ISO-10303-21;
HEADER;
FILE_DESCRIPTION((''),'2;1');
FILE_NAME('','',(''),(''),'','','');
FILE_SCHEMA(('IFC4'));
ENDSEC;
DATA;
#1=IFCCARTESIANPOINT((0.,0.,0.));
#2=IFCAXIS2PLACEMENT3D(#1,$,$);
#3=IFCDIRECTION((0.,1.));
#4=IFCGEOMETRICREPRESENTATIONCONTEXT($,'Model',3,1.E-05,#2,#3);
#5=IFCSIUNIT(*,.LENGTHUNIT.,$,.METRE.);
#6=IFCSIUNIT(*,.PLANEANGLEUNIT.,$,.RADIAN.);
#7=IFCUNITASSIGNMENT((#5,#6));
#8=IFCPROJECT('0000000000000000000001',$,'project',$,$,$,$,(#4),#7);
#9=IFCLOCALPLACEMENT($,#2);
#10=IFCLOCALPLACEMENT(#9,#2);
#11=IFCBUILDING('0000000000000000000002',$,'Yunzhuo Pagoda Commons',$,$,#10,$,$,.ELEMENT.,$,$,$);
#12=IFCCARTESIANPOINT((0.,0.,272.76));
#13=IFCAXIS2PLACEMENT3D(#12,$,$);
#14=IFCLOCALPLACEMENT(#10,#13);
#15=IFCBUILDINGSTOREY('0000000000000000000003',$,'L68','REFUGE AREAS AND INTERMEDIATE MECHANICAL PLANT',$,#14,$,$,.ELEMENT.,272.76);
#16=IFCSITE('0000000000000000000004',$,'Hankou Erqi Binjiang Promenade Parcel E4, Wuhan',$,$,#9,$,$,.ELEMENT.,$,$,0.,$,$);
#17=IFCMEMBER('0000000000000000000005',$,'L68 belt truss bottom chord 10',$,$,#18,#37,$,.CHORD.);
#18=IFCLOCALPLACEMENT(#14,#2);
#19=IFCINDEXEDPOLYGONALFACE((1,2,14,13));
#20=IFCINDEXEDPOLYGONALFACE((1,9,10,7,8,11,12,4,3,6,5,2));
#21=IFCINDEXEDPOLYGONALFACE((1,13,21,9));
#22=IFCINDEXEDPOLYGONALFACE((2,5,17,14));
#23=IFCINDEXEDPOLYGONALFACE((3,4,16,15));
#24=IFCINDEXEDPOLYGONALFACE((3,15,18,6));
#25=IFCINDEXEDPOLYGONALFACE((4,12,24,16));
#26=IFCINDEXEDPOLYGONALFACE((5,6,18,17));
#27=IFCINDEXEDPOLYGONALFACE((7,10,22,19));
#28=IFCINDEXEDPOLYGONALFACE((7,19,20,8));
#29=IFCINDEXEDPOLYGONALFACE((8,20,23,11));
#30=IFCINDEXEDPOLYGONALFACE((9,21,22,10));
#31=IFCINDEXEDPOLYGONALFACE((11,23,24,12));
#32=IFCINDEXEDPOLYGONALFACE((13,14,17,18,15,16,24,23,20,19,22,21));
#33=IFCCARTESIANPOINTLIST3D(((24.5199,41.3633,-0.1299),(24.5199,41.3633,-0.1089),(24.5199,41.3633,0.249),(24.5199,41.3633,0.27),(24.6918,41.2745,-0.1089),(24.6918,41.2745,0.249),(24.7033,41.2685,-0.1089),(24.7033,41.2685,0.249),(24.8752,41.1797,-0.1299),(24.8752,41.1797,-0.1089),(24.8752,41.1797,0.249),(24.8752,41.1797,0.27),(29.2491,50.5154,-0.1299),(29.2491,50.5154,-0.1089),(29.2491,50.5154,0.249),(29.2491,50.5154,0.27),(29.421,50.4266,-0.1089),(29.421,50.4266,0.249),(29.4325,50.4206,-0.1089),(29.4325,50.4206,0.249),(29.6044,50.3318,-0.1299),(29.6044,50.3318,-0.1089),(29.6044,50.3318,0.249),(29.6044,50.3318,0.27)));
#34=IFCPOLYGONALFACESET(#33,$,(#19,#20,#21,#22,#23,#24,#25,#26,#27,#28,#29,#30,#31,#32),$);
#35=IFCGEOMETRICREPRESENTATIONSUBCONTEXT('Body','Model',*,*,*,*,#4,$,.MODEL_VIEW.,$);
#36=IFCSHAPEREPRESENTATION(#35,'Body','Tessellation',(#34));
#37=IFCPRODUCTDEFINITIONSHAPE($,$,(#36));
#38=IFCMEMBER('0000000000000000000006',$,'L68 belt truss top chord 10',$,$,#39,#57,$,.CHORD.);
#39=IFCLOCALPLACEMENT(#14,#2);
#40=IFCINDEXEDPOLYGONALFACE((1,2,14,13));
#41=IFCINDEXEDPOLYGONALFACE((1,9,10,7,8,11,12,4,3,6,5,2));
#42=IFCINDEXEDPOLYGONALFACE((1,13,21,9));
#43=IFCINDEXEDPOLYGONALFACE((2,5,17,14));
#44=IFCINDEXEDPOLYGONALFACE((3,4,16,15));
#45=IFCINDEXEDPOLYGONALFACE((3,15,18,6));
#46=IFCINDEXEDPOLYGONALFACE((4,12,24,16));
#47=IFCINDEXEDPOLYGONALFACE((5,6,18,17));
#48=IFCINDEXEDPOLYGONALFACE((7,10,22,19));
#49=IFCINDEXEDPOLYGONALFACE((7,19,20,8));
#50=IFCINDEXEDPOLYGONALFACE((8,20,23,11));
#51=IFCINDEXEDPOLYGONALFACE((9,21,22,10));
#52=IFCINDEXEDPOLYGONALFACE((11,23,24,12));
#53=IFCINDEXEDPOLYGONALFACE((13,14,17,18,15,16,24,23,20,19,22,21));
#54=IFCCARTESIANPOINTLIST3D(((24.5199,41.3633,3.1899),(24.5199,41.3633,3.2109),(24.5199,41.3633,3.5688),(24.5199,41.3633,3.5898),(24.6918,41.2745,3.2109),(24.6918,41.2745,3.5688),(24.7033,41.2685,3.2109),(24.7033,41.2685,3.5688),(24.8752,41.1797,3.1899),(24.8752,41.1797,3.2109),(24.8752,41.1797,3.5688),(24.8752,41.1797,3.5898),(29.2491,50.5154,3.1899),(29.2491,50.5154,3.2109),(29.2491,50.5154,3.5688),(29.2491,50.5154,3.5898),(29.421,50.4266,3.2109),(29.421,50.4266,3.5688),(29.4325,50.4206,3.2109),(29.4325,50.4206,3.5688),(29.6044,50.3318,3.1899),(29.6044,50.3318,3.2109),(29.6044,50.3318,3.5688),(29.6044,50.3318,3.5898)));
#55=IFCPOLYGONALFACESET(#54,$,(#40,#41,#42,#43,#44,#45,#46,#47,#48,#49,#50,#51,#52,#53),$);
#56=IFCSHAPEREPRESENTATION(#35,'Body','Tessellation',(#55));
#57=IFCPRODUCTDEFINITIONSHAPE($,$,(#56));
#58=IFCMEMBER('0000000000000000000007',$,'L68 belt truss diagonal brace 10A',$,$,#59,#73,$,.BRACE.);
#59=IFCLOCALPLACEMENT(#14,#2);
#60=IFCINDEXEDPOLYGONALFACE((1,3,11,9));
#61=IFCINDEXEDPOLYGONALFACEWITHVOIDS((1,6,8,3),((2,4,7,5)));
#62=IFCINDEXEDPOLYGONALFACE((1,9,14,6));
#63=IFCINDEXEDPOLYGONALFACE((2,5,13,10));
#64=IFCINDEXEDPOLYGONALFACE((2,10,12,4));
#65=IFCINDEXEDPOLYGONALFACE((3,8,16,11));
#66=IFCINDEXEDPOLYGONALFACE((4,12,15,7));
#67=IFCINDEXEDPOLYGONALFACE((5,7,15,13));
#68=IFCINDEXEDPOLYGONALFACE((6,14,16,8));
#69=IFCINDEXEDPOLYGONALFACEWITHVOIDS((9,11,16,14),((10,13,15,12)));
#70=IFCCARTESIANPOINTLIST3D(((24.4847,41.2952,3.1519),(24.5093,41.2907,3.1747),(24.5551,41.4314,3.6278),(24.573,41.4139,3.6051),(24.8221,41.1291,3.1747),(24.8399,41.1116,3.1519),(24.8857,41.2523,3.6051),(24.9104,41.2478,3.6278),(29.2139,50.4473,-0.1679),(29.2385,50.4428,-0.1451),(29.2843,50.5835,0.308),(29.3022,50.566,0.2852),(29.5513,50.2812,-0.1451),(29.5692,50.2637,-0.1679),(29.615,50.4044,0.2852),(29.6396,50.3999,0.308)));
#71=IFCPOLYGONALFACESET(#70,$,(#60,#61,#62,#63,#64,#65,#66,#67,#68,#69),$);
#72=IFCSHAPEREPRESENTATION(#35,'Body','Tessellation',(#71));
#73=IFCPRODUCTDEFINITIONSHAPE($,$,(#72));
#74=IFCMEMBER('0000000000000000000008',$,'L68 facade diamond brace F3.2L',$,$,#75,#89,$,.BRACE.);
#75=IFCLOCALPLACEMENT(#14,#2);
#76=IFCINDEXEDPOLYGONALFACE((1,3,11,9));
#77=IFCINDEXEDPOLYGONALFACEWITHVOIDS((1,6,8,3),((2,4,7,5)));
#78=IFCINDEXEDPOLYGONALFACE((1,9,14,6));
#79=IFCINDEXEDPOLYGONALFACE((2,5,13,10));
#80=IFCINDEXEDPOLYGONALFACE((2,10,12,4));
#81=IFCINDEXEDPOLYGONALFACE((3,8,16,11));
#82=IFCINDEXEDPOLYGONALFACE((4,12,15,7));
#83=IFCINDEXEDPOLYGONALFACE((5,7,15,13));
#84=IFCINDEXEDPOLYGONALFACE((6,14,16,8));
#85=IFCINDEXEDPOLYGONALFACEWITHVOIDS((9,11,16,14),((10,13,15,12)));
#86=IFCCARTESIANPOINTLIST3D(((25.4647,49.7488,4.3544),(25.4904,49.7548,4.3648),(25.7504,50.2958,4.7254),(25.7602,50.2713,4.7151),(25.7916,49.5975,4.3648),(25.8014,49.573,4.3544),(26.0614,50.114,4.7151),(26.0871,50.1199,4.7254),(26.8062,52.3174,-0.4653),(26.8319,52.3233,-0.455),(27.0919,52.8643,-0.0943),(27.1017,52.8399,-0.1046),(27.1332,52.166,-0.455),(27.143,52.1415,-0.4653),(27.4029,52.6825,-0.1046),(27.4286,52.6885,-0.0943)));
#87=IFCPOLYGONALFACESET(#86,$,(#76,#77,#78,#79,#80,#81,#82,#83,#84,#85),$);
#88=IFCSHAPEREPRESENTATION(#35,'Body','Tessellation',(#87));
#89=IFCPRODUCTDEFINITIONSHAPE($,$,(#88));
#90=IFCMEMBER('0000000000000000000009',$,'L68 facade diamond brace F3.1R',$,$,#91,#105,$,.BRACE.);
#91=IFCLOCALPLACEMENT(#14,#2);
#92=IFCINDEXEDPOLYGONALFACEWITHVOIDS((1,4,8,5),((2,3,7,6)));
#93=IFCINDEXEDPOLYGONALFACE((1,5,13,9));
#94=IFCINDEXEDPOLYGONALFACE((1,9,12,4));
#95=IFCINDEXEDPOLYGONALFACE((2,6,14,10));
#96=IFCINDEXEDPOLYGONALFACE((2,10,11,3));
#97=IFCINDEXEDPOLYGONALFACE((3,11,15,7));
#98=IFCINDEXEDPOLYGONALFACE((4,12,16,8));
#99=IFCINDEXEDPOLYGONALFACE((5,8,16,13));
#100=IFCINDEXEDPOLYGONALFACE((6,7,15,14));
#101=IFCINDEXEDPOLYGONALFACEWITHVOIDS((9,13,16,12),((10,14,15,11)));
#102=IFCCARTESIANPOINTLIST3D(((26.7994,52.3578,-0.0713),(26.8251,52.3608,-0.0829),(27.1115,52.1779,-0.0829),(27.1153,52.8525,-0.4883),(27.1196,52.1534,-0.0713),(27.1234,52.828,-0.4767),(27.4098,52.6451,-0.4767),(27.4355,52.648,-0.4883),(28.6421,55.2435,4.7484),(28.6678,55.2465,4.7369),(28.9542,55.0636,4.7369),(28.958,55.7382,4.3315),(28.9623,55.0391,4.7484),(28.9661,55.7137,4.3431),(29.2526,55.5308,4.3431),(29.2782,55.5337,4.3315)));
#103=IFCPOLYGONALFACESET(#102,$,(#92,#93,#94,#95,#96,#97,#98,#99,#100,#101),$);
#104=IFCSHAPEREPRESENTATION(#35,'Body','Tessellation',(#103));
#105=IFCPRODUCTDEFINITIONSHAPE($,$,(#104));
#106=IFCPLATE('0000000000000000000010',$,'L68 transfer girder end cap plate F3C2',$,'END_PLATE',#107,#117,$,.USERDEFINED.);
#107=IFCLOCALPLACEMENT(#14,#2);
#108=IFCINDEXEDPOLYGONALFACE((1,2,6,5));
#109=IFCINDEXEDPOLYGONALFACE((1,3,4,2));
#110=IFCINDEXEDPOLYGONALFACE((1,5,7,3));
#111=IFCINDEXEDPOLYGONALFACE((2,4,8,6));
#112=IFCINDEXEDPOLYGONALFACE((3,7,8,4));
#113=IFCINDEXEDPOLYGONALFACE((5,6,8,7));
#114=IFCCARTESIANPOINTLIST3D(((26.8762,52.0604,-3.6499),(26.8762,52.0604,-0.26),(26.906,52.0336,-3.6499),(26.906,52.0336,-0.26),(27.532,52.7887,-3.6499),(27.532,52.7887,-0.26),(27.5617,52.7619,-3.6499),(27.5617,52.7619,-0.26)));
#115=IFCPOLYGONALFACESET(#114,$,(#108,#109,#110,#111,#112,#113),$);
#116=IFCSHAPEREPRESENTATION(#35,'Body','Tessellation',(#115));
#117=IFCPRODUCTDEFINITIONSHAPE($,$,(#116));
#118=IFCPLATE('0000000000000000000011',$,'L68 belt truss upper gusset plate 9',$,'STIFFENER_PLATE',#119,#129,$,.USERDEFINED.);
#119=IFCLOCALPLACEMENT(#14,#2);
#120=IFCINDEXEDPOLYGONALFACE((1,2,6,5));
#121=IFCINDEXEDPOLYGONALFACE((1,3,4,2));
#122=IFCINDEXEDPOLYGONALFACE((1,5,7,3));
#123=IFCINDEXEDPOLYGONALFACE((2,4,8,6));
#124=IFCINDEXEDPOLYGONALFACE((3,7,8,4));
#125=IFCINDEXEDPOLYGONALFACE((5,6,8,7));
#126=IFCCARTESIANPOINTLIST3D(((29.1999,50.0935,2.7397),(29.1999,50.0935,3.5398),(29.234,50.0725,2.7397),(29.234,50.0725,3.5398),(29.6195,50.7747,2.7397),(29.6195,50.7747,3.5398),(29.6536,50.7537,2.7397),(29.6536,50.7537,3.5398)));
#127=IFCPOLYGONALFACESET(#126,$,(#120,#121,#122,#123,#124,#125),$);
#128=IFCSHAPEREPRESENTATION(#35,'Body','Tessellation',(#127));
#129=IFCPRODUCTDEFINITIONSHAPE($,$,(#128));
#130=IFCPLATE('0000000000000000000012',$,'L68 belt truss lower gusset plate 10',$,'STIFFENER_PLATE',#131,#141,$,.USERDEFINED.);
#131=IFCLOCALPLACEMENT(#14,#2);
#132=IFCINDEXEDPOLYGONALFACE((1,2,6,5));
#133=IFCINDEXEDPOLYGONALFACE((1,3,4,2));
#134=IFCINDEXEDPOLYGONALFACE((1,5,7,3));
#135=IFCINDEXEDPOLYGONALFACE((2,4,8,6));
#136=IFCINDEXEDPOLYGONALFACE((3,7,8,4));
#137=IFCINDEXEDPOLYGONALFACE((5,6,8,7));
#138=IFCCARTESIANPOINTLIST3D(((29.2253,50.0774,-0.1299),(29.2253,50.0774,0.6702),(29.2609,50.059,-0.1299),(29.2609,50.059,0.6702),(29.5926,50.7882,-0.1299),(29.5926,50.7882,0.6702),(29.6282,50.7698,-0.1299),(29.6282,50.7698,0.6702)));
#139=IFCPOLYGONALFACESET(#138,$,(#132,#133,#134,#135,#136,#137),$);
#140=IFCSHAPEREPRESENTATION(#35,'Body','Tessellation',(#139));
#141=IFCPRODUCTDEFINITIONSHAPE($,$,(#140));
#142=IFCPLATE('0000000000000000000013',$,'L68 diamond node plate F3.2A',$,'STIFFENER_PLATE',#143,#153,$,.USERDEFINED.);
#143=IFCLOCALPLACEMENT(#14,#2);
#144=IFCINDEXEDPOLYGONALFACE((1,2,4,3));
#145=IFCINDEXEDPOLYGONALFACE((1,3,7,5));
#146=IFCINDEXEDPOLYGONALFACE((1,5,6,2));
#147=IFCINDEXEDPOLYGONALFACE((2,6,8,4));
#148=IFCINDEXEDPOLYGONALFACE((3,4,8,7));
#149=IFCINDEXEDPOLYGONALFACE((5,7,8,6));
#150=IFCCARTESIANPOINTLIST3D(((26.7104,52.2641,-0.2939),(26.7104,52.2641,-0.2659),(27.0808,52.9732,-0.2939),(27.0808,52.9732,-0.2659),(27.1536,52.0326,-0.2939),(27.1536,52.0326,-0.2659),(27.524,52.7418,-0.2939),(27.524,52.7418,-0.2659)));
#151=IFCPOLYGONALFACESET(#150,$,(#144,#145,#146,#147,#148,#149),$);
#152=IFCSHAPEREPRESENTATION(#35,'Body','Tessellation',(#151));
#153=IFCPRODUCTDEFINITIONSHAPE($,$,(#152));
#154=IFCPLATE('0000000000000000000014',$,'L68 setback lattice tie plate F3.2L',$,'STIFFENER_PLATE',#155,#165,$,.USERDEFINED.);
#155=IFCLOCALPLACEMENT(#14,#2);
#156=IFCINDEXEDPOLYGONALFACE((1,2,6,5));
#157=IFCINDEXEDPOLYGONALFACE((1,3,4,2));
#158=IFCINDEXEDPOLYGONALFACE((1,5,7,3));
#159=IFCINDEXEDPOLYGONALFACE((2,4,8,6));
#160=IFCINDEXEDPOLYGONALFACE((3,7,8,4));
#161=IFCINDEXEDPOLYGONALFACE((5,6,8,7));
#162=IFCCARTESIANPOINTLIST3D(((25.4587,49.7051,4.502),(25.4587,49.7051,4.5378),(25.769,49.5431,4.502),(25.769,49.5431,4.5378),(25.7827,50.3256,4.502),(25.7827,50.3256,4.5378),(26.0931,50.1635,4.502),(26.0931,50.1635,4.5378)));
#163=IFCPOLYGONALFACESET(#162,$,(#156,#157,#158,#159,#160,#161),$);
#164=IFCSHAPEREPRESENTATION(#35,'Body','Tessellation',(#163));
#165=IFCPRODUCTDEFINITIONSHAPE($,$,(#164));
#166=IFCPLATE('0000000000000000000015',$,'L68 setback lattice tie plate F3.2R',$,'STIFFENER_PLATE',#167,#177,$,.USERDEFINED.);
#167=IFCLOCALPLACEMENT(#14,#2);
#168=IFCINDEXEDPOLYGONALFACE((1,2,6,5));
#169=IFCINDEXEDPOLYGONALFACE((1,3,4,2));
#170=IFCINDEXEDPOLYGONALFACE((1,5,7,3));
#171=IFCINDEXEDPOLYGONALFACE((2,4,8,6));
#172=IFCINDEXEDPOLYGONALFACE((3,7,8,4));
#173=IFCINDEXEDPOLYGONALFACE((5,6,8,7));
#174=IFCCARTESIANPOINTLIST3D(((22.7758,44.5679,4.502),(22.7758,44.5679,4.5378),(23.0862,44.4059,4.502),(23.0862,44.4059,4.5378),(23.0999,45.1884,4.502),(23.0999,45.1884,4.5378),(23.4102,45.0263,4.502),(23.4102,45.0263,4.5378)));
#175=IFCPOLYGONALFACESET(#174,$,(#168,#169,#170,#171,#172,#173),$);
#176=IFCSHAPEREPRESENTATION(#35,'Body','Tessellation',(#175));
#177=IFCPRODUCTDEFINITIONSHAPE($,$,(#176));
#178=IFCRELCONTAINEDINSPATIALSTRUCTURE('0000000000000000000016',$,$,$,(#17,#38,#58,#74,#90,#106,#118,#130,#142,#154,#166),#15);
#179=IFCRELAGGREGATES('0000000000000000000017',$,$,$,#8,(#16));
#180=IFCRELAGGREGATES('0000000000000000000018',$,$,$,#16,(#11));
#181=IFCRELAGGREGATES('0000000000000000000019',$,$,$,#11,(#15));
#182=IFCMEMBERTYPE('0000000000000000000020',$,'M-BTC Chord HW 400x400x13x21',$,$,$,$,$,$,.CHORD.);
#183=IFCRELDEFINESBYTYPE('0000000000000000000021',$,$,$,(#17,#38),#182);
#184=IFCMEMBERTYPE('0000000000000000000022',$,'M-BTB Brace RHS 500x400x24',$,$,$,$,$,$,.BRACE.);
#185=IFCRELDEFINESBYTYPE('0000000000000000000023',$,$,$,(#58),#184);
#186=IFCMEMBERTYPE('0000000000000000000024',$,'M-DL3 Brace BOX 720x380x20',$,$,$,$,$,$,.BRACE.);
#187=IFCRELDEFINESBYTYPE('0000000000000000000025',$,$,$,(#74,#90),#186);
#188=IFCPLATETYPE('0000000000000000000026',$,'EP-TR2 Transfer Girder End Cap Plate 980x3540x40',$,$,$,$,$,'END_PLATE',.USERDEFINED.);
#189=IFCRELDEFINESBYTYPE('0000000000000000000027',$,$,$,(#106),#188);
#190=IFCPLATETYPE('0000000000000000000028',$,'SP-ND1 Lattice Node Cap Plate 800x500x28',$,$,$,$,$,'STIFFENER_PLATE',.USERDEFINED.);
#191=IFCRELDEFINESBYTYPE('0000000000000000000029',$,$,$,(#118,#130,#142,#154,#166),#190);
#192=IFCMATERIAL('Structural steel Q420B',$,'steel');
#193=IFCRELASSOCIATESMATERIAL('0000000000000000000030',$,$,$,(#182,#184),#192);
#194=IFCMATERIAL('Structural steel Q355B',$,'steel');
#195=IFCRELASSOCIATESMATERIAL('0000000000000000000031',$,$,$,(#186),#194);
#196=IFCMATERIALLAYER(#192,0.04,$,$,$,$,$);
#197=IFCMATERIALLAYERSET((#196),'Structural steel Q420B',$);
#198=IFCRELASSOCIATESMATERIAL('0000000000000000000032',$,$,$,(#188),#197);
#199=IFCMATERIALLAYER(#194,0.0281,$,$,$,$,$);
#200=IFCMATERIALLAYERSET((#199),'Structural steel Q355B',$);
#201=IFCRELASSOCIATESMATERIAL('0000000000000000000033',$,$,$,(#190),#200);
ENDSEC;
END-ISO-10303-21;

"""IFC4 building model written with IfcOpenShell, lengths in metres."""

from ifc_helpers import new_model, si_unit, direction, frame, origin, origin_2d, place, context, subcontext, project, spatial, rectangle, hollow_rectangle, i_section, extrude, source, transform, mapped, material, layer, layer_set, material_profile, profile_set, type_object, element, save


model = new_model("IFC4")

# Units and contexts
model_context = context("Model", 3, precision=1e-05, world=origin(), true_north=direction((0.0, 1.0)))
body_context = subcontext(model_context, "Body", "Model", "MODEL_VIEW")
ifc_project = project(units=[si_unit("LENGTHUNIT", "METRE"), si_unit("PLANEANGLEUNIT", "RADIAN")], contexts=[model_context])

# Site, building, storey
site_placement = place(None, origin())
site = spatial("IfcSite", under=ifc_project, at=site_placement, Name="Hankou Erqi Binjiang Promenade Parcel E4, Wuhan", CompositionType="ELEMENT", RefElevation=0.0)
building_placement = place(site_placement, origin())
building = spatial("IfcBuilding", under=site, at=building_placement, Name="Yunzhuo Pagoda Commons", CompositionType="ELEMENT")
storey_placement = place(building_placement, frame((0.0, 0.0, 272.76)))
storey = spatial("IfcBuildingStorey", under=building, at=storey_placement, Name="L68", Description="REFUGE AREAS AND INTERMEDIATE MECHANICAL PLANT", CompositionType="ELEMENT", Elevation=272.76)

# Shared definitions
ifc_material_1 = material(Name="Structural steel Q355B", Category="steel")

# Shared definitions
ifc_material_2 = material(Name="Structural steel Q420B", Category="steel")

# Members
ifc_material_profile_1 = material_profile(ifc_material_2, i_section(OverallWidth=0.3999, OverallDepth=0.3999, WebThickness=0.0129, FlangeThickness=0.021, at=origin_2d()), Name="Structural steel Q420B")
ifc_profile_set_1 = profile_set([ifc_material_profile_1], Name="Structural steel Q420B")
member_type_1 = type_object("IfcMemberType", Name="M-BTC Chord HW 400x400x13x21", PredefinedType="CHORD", material=ifc_profile_set_1)
shared_shape_1 = source(origin(), body_context, "Body", "SweptSolid", [
    extrude(i_section(OverallWidth=0.3999, OverallDepth=0.3999, WebThickness=0.0129, FlangeThickness=0.021, at=origin_2d()), origin(), (0.0, 0.0, 1.0), 10.3018),
])
for number, where, z_axis, x_axis, name in (
    (1, (29.4268, 50.4236, 0.0701), (-0.459071, -0.8884, 0.0), (0.8884, -0.459071, 0.0), "L68 belt truss bottom chord 10"),
    (2, (29.4268, 50.4236, 3.3899), (-0.459071, -0.8884, 0.0), (0.8884, -0.459071, 0.0), "L68 belt truss top chord 10"),
):
    element("IfcMember", number, at=place(storey_placement, frame(where, z_axis=z_axis, x_axis=x_axis)), inside=storey, type_object=member_type_1, Name=name, PredefinedType="CHORD", context=body_context, shape_type="MappedRepresentation", body=[
        mapped(shared_shape_1, transform((0.0, 0.0, 0.0), scale=1.0)),
    ])
ifc_material_profile_2 = material_profile(ifc_material_2, hollow_rectangle(XDim=0.3999, YDim=0.5, WallThickness=0.0239, at=origin_2d()), Name="Structural steel Q420B")
ifc_profile_set_2 = profile_set([ifc_material_profile_2], Name="Structural steel Q420B")
member_type_2 = type_object("IfcMemberType", Name="M-BTB Brace RHS 500x400x24", PredefinedType="BRACE", material=ifc_profile_set_2)
shared_shape_2 = source(origin(), body_context, "Body", "SweptSolid", [
    extrude(hollow_rectangle(XDim=0.3999, YDim=0.5, WallThickness=0.0239, at=origin_2d()), origin(), (0.0, 0.0, 1.0), 10.8235),
])
member_1_placement = place(storey_placement, frame((29.4268, 50.4236, 0.0701), z_axis=(-0.436943, -0.845577, 0.306724), x_axis=(0.8884, -0.459071, 0.0)))
element("IfcMember", 3, at=member_1_placement, inside=storey, type_object=member_type_2, Name="L68 belt truss diagonal brace 10A", PredefinedType="BRACE", context=body_context, shape_type="MappedRepresentation", body=[
    mapped(shared_shape_2, transform((0.0, 0.0, 0.0), scale=1.0)),
])
ifc_material_profile_3 = material_profile(ifc_material_1, hollow_rectangle(XDim=0.3799, YDim=0.72, WallThickness=0.02, at=origin_2d()), Name="Structural steel Q355B")
ifc_profile_set_3 = profile_set([ifc_material_profile_3], Name="Structural steel Q355B")
member_type_3 = type_object("IfcMemberType", Name="M-DL3 Brace BOX 720x380x20", PredefinedType="BRACE", material=ifc_profile_set_3)
shared_shape_3 = source(origin(), body_context, "Body", "SweptSolid", [
    extrude(hollow_rectangle(XDim=0.3799, YDim=0.72, WallThickness=0.02, at=origin_2d()), origin(), (0.0, 0.0, 1.0), 5.6238),
])
member_2_placement = place(storey_placement, frame((27.1174, 52.5029, -0.2798), z_axis=(-0.238545, -0.45673, 0.857026), x_axis=(0.886385, -0.462949, 0.0)))
element("IfcMember", 4, at=member_2_placement, inside=storey, type_object=member_type_3, Name="L68 facade diamond brace F3.2L", PredefinedType="BRACE", context=body_context, shape_type="MappedRepresentation", body=[
    mapped(shared_shape_3, transform((0.0, 0.0, 0.0), scale=1.0)),
])
shared_shape_4 = source(origin(), body_context, "Body", "SweptSolid", [
    extrude(hollow_rectangle(XDim=0.3799, YDim=0.72, WallThickness=0.02, at=origin_2d()), origin(), (0.0, 0.0, 1.0), 5.9121),
])
member_3_placement = place(storey_placement, frame((27.1174, 52.5029, -0.2798), z_axis=(0.31169, 0.4881, 0.815235), x_axis=(-0.842815, 0.538204, 0.0)))
element("IfcMember", 5, at=member_3_placement, inside=storey, type_object=member_type_3, Name="L68 facade diamond brace F3.1R", PredefinedType="BRACE", context=body_context, shape_type="MappedRepresentation", body=[
    mapped(shared_shape_4, transform((0.0, 0.0, 0.0), scale=1.0)),
])

# Plates
ifc_layer_1 = layer(ifc_material_2, 0.04)
ifc_layer_set_1 = layer_set([ifc_layer_1], Name="Structural steel Q420B")
plate_type_1 = type_object("IfcPlateType", Name="EP-TR2 Transfer Girder End Cap Plate 980x3540x40", ElementType="END_PLATE", PredefinedType="USERDEFINED", material=ifc_layer_set_1)
shared_shape_5 = source(origin(), body_context, "Body", "SweptSolid", [
    extrude(rectangle(XDim=0.98, YDim=0.04, at=origin_2d()), origin(), (0.0, 0.0, 1.0), 3.3899),
])
plate_1_placement = place(storey_placement, frame((27.219, 52.4111, -3.6499), z_axis=(0.0, 0.0, 1.0), x_axis=(-0.669131, -0.743145, 0.0)))
element("IfcPlate", 6, at=plate_1_placement, inside=storey, type_object=plate_type_1, Name="L68 transfer girder end cap plate F3C2", ObjectType="END_PLATE", PredefinedType="USERDEFINED", context=body_context, shape_type="MappedRepresentation", body=[
    mapped(shared_shape_5, transform((0.0, 0.0, 0.0), scale=1.0)),
])
ifc_layer_2 = layer(ifc_material_1, 0.0281)
ifc_layer_set_2 = layer_set([ifc_layer_2], Name="Structural steel Q355B")
plate_type_2 = type_object("IfcPlateType", Name="SP-ND1 Lattice Node Cap Plate 800x500x28", ElementType="STIFFENER_PLATE", PredefinedType="USERDEFINED", material=ifc_layer_set_2)
shared_shape_6 = source(origin(), body_context, "Body", "SweptSolid", [
    extrude(rectangle(XDim=0.8, YDim=0.04, at=origin_2d()), origin(), (0.0, 0.0, 1.0), 0.8),
])
for number, where, z_axis, x_axis, name in (
    (7, (29.4268, 50.4236, 2.7397), (0.0, 0.0, 1.0), (-0.524462, -0.851434, 0.0), "L68 belt truss upper gusset plate 9"),
    (8, (29.4268, 50.4236, -0.1299), (0.0, 0.0, 1.0), (-0.459053, -0.888409, 0.0), "L68 belt truss lower gusset plate 10"),
):
    element("IfcPlate", number, at=place(storey_placement, frame(where, z_axis=z_axis, x_axis=x_axis)), inside=storey, type_object=plate_type_2, Name=name, ObjectType="STIFFENER_PLATE", PredefinedType="USERDEFINED", context=body_context, shape_type="MappedRepresentation", body=[
        mapped(shared_shape_6, transform((0.0, 0.0, 0.0), scale=1.0)),
    ])
shared_shape_7 = source(origin(), body_context, "Body", "SweptSolid", [
    extrude(rectangle(XDim=0.8, YDim=0.5, at=origin_2d()), origin(), (0.0, 0.0, 1.0), 0.0281),
])
plate_2_placement = place(storey_placement, frame((27.1172, 52.5029, -0.2939), z_axis=(0.0, 0.0, 1.0), x_axis=(-0.462909, -0.886406, 0.0)))
element("IfcPlate", 9, at=plate_2_placement, inside=storey, type_object=plate_type_2, Name="L68 diamond node plate F3.2A", ObjectType="STIFFENER_PLATE", PredefinedType="USERDEFINED", context=body_context, shape_type="MappedRepresentation", body=[
    mapped(shared_shape_7, transform((0.0, 0.0, 0.0), scale=1.0)),
])
shared_shape_8 = source(origin(), body_context, "Body", "SweptSolid", [
    extrude(rectangle(XDim=0.7, YDim=0.3501, at=origin_2d()), origin(), (0.0, 0.0, 1.0), 0.0359),
])
for number, where, z_axis, x_axis, name in (
    (10, (25.7759, 49.9343, 4.502), (0.0, 0.0, 1.0), (-0.462909, -0.886406, 0.0), "L68 setback lattice tie plate F3.2L"),
    (11, (23.093, 44.7971, 4.502), (0.0, 0.0, 1.0), (-0.462909, -0.886406, 0.0), "L68 setback lattice tie plate F3.2R"),
):
    element("IfcPlate", number, at=place(storey_placement, frame(where, z_axis=z_axis, x_axis=x_axis)), inside=storey, type_object=plate_type_2, Name=name, ObjectType="STIFFENER_PLATE", PredefinedType="USERDEFINED", context=body_context, shape_type="MappedRepresentation", body=[
        mapped(shared_shape_8, transform((0.0, 0.0, 0.0), scale=1.0)),
    ])

save(model, "model.ifc")
